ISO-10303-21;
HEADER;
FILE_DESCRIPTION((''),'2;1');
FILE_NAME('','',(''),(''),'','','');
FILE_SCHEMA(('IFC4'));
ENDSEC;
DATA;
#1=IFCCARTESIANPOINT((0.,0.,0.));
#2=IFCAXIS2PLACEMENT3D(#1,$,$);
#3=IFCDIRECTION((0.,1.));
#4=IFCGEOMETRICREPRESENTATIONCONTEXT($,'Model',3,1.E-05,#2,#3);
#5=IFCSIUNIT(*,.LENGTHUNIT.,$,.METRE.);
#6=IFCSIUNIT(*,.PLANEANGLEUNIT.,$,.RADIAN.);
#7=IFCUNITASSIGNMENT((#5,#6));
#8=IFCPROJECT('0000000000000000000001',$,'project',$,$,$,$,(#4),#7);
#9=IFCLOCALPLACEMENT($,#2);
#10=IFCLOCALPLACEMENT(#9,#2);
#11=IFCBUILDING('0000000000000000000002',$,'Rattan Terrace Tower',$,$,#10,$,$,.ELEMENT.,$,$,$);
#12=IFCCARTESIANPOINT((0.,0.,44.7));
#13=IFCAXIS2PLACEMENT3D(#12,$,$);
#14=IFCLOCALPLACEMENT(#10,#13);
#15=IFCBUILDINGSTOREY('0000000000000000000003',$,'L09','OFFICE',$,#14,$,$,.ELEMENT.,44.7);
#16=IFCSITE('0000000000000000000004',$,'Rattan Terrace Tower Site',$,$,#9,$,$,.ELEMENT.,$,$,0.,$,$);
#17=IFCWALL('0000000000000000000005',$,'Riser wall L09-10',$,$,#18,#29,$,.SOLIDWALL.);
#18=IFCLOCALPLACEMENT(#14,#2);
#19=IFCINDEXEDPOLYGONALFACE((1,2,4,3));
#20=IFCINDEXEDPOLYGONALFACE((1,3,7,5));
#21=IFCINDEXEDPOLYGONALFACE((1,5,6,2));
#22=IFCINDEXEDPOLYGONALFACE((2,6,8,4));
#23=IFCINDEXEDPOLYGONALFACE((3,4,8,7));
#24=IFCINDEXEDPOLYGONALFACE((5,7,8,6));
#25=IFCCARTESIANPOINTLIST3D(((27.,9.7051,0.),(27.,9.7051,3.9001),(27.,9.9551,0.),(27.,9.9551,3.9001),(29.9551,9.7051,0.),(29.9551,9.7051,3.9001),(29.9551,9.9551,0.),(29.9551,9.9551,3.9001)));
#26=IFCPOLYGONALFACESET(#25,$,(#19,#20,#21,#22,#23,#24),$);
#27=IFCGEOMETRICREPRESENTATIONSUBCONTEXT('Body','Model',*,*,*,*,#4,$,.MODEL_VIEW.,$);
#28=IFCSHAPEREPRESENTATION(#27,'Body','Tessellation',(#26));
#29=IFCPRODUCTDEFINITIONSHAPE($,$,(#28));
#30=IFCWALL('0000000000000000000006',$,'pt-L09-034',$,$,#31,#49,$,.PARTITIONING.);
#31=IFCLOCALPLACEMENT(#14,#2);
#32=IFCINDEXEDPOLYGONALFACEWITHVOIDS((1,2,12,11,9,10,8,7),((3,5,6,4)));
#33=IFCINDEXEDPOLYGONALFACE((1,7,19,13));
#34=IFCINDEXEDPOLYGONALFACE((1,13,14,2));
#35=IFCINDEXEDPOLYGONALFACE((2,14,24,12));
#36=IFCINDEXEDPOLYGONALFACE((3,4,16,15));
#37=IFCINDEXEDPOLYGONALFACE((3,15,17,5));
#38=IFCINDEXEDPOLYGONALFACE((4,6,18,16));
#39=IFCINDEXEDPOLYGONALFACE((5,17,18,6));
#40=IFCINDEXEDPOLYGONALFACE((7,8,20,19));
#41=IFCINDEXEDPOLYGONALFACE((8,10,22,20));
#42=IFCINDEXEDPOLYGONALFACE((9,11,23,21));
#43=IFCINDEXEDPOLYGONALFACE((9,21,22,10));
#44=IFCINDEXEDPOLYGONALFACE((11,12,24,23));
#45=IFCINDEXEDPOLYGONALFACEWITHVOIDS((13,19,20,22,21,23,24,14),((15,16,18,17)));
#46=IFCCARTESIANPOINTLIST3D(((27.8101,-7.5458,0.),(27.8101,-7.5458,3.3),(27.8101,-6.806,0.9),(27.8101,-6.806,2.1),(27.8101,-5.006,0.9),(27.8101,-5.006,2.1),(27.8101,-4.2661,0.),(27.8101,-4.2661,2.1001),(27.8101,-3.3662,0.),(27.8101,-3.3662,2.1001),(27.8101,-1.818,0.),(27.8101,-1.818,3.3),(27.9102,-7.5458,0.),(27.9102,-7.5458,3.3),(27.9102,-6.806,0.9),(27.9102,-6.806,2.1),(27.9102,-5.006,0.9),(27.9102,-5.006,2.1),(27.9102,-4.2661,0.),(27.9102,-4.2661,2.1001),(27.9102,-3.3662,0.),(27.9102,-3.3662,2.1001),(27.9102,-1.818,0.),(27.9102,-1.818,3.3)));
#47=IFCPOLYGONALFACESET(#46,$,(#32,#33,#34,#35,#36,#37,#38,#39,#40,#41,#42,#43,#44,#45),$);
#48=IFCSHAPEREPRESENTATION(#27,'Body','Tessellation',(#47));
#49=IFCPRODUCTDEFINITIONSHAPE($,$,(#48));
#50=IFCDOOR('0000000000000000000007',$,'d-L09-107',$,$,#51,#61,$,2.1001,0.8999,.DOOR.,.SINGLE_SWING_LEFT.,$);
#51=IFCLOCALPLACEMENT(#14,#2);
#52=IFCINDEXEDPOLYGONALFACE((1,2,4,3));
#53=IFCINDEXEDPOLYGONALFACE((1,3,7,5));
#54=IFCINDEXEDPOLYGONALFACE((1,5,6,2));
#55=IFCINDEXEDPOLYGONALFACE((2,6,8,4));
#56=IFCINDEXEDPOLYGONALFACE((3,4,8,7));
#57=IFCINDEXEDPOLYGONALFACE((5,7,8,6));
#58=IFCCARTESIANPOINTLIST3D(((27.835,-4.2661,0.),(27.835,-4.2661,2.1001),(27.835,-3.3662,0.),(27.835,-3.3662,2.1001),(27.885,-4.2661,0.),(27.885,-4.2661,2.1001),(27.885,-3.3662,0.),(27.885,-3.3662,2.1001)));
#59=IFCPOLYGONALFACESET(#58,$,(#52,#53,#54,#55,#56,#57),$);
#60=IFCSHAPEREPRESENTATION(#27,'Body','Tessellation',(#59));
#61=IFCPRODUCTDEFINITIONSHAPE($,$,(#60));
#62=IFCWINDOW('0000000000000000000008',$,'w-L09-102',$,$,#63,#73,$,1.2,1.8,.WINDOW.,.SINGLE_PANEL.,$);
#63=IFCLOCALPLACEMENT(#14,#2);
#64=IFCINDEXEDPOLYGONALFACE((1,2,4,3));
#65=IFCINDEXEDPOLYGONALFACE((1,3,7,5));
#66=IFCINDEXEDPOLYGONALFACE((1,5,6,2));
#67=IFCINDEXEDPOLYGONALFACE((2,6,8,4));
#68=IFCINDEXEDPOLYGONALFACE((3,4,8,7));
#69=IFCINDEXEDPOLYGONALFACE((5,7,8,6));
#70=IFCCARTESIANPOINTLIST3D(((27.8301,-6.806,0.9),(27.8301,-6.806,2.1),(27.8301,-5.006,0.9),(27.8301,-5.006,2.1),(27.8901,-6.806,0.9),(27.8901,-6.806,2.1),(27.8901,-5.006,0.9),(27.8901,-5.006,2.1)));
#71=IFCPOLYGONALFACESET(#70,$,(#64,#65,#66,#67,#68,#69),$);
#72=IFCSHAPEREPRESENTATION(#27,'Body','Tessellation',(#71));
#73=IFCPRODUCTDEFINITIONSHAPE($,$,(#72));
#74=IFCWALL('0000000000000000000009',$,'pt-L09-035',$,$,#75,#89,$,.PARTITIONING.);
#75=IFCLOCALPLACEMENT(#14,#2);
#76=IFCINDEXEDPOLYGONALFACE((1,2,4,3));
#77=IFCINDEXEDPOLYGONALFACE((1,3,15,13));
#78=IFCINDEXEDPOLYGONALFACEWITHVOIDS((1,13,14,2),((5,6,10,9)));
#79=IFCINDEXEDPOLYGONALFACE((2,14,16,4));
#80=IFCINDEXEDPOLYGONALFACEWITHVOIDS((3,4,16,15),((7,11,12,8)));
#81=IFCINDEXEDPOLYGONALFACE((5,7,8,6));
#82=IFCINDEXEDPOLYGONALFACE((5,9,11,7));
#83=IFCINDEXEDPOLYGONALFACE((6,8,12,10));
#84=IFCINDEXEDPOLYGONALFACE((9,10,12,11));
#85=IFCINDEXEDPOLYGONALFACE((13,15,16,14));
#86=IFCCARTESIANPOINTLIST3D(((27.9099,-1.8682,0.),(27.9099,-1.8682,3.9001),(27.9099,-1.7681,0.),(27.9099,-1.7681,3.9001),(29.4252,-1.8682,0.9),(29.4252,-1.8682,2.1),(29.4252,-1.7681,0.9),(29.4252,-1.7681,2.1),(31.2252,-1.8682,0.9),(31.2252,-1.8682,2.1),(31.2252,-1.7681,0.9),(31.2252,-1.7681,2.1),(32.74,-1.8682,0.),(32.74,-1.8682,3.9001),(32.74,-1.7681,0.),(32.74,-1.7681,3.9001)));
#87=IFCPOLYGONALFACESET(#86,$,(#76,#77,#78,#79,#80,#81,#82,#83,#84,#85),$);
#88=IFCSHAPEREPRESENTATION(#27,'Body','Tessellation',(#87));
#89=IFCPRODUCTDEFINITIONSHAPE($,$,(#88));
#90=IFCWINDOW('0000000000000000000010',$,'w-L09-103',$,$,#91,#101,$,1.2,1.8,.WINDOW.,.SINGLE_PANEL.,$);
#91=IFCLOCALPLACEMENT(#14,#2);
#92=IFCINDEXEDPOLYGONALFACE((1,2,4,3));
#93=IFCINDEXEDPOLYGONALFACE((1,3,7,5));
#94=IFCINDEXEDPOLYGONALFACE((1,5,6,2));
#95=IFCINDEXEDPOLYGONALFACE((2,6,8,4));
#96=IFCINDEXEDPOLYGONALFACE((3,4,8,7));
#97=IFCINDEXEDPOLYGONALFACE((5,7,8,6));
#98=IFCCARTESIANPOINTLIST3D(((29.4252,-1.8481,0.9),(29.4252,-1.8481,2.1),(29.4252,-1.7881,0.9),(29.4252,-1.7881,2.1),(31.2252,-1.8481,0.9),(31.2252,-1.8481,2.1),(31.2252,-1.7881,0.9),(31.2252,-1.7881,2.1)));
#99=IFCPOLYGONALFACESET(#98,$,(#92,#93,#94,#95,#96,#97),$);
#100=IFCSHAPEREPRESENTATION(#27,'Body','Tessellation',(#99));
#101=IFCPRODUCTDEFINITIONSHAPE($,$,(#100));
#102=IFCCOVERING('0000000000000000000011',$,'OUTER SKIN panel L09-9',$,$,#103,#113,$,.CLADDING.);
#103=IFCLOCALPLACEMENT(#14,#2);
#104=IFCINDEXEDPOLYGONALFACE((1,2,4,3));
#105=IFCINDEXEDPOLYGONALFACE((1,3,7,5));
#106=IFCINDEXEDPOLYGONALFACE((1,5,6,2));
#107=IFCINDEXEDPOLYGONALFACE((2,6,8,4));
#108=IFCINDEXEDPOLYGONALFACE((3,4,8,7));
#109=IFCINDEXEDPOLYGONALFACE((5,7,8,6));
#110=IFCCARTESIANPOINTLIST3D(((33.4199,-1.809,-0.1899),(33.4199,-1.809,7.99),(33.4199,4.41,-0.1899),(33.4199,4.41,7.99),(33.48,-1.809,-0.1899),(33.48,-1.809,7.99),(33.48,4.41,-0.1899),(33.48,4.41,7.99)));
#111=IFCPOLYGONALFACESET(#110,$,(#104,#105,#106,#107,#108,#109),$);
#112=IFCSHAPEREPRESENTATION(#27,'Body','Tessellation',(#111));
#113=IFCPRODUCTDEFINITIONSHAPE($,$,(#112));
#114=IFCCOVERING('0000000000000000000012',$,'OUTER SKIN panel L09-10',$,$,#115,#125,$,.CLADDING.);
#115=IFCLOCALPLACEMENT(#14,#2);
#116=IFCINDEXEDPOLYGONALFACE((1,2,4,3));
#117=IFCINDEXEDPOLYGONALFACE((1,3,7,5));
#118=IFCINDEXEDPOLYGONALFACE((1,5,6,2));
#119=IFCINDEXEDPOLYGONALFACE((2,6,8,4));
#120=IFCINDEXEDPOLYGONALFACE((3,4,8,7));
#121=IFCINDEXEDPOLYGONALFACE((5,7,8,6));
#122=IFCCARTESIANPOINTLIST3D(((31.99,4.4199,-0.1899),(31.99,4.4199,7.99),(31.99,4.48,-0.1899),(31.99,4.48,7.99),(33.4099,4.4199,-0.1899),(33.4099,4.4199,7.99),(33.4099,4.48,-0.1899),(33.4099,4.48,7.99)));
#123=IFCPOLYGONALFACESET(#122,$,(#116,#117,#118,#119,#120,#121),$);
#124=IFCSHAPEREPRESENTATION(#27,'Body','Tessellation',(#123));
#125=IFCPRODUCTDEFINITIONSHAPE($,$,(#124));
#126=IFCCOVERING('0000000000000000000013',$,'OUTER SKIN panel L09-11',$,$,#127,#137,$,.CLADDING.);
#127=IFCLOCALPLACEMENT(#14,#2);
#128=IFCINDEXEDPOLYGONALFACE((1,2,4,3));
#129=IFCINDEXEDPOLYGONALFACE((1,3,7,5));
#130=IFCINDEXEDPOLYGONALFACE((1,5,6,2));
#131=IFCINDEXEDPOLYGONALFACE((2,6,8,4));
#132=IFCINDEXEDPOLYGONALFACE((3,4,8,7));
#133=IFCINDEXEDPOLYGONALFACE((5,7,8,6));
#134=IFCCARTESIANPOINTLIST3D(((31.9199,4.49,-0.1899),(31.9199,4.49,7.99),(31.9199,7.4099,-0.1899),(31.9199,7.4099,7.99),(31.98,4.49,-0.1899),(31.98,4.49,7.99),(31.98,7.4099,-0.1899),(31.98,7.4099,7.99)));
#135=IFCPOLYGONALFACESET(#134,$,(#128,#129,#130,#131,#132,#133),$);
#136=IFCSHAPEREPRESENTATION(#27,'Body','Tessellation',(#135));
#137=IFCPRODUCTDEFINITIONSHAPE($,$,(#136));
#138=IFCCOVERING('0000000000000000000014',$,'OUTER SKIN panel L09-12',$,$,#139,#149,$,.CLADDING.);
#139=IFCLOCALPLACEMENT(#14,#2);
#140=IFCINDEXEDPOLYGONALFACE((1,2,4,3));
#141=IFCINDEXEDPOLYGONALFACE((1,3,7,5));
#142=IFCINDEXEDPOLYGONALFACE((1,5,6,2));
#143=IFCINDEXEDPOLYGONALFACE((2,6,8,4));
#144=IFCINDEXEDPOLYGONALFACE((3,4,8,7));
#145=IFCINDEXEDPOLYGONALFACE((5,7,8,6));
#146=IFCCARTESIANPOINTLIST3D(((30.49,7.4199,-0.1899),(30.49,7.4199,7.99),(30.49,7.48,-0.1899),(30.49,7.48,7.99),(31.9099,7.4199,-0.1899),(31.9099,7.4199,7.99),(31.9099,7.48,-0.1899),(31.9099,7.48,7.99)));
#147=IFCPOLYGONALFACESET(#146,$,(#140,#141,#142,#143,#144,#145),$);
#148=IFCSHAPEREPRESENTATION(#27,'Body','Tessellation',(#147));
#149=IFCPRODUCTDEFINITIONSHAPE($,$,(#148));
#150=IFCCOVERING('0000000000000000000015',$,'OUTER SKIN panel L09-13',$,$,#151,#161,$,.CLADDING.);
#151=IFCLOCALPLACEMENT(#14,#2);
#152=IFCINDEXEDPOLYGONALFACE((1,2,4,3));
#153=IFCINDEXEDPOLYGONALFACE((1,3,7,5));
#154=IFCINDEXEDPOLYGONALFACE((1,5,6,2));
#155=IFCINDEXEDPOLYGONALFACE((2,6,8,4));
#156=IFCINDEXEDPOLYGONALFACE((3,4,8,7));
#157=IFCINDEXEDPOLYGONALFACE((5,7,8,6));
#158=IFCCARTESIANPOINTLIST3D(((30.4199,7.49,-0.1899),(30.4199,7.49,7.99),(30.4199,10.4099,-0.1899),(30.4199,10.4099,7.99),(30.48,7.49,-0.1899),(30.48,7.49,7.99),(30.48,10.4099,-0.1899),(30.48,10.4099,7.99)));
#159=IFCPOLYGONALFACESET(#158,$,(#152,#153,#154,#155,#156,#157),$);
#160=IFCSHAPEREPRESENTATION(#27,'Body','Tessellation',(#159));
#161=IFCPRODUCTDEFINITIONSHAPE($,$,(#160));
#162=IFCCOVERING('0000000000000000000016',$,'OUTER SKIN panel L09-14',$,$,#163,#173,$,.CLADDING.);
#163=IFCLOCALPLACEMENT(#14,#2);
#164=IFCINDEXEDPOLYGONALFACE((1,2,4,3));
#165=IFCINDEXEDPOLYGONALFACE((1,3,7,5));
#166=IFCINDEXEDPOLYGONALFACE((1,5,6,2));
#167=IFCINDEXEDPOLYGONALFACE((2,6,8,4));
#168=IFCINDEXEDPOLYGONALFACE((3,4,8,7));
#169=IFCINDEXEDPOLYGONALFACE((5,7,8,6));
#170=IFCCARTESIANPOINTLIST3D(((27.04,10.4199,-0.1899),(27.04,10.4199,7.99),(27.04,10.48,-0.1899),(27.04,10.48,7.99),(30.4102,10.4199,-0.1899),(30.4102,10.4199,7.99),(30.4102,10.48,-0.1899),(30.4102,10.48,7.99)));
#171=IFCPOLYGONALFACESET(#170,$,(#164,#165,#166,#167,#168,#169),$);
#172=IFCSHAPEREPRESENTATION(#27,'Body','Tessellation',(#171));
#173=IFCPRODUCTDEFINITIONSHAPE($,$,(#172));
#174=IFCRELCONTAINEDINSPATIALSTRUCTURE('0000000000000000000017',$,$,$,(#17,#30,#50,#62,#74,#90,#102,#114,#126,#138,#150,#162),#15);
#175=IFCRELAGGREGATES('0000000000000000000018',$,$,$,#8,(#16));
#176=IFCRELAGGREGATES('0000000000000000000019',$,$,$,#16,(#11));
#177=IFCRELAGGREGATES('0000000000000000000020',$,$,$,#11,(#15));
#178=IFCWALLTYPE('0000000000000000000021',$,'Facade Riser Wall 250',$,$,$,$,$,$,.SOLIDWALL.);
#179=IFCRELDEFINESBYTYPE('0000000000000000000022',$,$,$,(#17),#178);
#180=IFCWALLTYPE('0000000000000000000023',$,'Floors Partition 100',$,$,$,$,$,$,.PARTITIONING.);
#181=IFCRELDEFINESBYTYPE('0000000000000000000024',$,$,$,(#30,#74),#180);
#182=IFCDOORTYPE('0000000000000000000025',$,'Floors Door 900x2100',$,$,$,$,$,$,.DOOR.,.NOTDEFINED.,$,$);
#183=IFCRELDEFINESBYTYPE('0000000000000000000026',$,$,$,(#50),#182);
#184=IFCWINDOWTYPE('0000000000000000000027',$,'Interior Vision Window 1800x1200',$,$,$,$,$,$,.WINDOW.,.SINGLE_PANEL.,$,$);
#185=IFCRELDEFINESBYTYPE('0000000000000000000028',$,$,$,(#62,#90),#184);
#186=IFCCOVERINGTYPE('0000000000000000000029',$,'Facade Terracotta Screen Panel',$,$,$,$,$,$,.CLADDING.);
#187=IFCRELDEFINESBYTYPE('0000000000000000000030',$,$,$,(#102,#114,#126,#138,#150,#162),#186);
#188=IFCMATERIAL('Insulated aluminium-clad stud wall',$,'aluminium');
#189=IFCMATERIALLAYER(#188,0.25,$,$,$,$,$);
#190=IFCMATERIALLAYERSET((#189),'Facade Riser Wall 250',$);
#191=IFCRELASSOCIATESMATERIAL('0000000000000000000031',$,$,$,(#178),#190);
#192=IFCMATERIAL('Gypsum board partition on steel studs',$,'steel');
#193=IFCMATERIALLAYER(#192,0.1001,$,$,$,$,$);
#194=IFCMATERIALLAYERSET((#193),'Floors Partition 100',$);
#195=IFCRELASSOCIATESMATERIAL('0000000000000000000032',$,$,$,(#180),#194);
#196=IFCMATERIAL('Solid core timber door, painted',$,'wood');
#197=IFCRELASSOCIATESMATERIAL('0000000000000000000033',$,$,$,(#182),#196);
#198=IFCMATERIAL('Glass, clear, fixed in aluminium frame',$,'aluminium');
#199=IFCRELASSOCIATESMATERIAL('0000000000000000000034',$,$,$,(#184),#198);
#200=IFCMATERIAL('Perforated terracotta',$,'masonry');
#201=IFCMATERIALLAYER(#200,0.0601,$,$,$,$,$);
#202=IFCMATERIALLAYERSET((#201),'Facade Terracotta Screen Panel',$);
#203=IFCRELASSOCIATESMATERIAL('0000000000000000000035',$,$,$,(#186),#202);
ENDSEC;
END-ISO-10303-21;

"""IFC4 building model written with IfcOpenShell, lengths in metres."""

from ifc_helpers import new_model, si_unit, direction, frame, frame_2d, origin, origin_2d, place, context, subcontext, project, spatial, rectangle, extrude, material, layer, layer_set, type_object, element, fill, save


model = new_model("IFC4")

# Units and contexts
model_context = context("Model", 3, precision=1e-05, world=origin(), true_north=direction((0.0, 1.0)))
body_context = subcontext(model_context, "Body", "Model", "MODEL_VIEW")
ifc_project = project(units=[si_unit("LENGTHUNIT", "METRE"), si_unit("PLANEANGLEUNIT", "RADIAN")], contexts=[model_context])

# Site, building, storey
site_placement = place(None, origin())
site = spatial("IfcSite", under=ifc_project, at=site_placement, Name="Rattan Terrace Tower Site", CompositionType="ELEMENT", RefElevation=0.0)
building_placement = place(site_placement, origin())
building = spatial("IfcBuilding", under=site, at=building_placement, Name="Rattan Terrace Tower", CompositionType="ELEMENT")
storey_placement = place(building_placement, frame((0.0, 0.0, 44.7)))
storey = spatial("IfcBuildingStorey", under=building, at=storey_placement, Name="L09", Description="OFFICE", CompositionType="ELEMENT", Elevation=44.7)

# Wall
ifc_material_1 = material(Name="Insulated aluminium-clad stud wall", Category="aluminium")
ifc_layer_1 = layer(ifc_material_1, 0.25)
ifc_layer_set_1 = layer_set([ifc_layer_1], Name="Facade Riser Wall 250")
wall_type_1 = type_object("IfcWallType", Name="Facade Riser Wall 250", PredefinedType="SOLIDWALL", material=ifc_layer_set_1)
wall_1_placement = place(storey_placement, frame((29.9551, 9.8301, 0.0), z_axis=(0.0, 0.0, 1.0), x_axis=(-1.0, 0.0, 0.0)))
element("IfcWall", 1, at=wall_1_placement, inside=storey, type_object=wall_type_1, Name="Riser wall L09-10", PredefinedType="SOLIDWALL", context=body_context, shape_type="SweptSolid", body=[
    extrude(rectangle(XDim=2.9551, YDim=0.25, at=frame_2d((1.4775, 0.0))), origin(), (0.0, 0.0, 1.0), 3.9001),
])

# Wall, openings, door, window
ifc_material_2 = material(Name="Gypsum board partition on steel studs", Category="steel")
ifc_layer_2 = layer(ifc_material_2, 0.1001)
ifc_layer_set_2 = layer_set([ifc_layer_2], Name="Floors Partition 100")
wall_type_2 = type_object("IfcWallType", Name="Floors Partition 100", PredefinedType="PARTITIONING", material=ifc_layer_set_2)
wall_2_placement = place(storey_placement, frame((27.8601, -1.8181, 0.0), z_axis=(0.0, 0.0, 1.0), x_axis=(0.0, -1.0, 0.0)))
wall_2 = element("IfcWall", 2, at=wall_2_placement, inside=storey, type_object=wall_type_2, Name="pt-L09-034", PredefinedType="PARTITIONING", context=body_context, shape_type="SweptSolid", body=[
    extrude(rectangle(XDim=5.7278, YDim=0.1001, at=frame_2d((2.8638, 0.0))), origin(), (0.0, 0.0, 1.0), 3.3),
])
opening_1_placement = place(wall_2_placement, frame((1.5481, 0.0, 0.0)))
opening_1 = element("IfcOpeningElement", 3, at=opening_1_placement, cuts=wall_2, PredefinedType="OPENING", context=body_context, shape_type="SweptSolid", body=[
    extrude(rectangle(XDim=0.8999, YDim=2.1001, at=frame_2d((0.45, 1.05))), frame((0.0, 0.0605, 0.0), z_axis=(0.0, -1.0, 0.0), x_axis=(1.0, 0.0, 0.0)), (0.0, 0.0, 1.0), 0.1211),
])
opening_2_placement = place(wall_2_placement, frame((3.188, 0.0, 0.8999)))
opening_2 = element("IfcOpeningElement", 4, at=opening_2_placement, cuts=wall_2, PredefinedType="OPENING", context=body_context, shape_type="SweptSolid", body=[
    extrude(rectangle(XDim=1.8, YDim=1.2, at=frame_2d((0.8999, 0.6001))), frame((0.0, 0.0605, 0.0), z_axis=(0.0, -1.0, 0.0), x_axis=(1.0, 0.0, 0.0)), (0.0, 0.0, 1.0), 0.1211),
])
ifc_material_3 = material(Name="Solid core timber door, painted", Category="wood")
door_type = type_object("IfcDoorType", Name="Floors Door 900x2100", OperationType="NOTDEFINED", PredefinedType="DOOR", material=ifc_material_3)
door_placement = place(opening_1_placement, origin())
door = element("IfcDoor", 5, at=door_placement, inside=storey, type_object=door_type, Name="d-L09-107", OperationType="SINGLE_SWING_LEFT", OverallHeight=2.1001, OverallWidth=0.8999, PredefinedType="DOOR", context=body_context, shape_type="SweptSolid", body=[
    extrude(rectangle(XDim=0.8999, YDim=2.1001, at=frame_2d((0.45, 1.05))), frame((0.0, 0.0249, 0.0), z_axis=(0.0, -1.0, 0.0), x_axis=(1.0, 0.0, 0.0)), (0.0, 0.0, 1.0), 0.05),
])
fill(opening_1, door)
ifc_material_4 = material(Name="Glass, clear, fixed in aluminium frame", Category="aluminium")
window_type = type_object("IfcWindowType", Name="Interior Vision Window 1800x1200", PartitioningType="SINGLE_PANEL", PredefinedType="WINDOW", material=ifc_material_4)
window_1_placement = place(opening_2_placement, origin())
window_1 = element("IfcWindow", 6, at=window_1_placement, inside=storey, type_object=window_type, Name="w-L09-102", OverallHeight=1.2, OverallWidth=1.8, PartitioningType="SINGLE_PANEL", PredefinedType="WINDOW", context=body_context, shape_type="SweptSolid", body=[
    extrude(rectangle(XDim=1.8, YDim=1.2, at=frame_2d((0.8999, 0.6001))), frame((0.0, 0.03, 0.0), z_axis=(0.0, -1.0, 0.0), x_axis=(1.0, 0.0, 0.0)), (0.0, 0.0, 1.0), 0.0601),
])
fill(opening_2, window_1)

# Wall, opening, window
wall_3_placement = place(storey_placement, frame((32.74, -1.8181, 0.0), z_axis=(0.0, 0.0, 1.0), x_axis=(-1.0, 0.0, 0.0)))
wall_3 = element("IfcWall", 7, at=wall_3_placement, inside=storey, type_object=wall_type_2, Name="pt-L09-035", PredefinedType="PARTITIONING", context=body_context, shape_type="SweptSolid", body=[
    extrude(rectangle(XDim=4.8301, YDim=0.1001, at=frame_2d((2.415, 0.0))), origin(), (0.0, 0.0, 1.0), 3.9001),
])
opening_3_placement = place(wall_3_placement, frame((1.5149, 0.0, 0.8999)))
opening_3 = element("IfcOpeningElement", 8, at=opening_3_placement, cuts=wall_3, PredefinedType="OPENING", context=body_context, shape_type="SweptSolid", body=[
    extrude(rectangle(XDim=1.8, YDim=1.2, at=frame_2d((0.8999, 0.6001))), frame((0.0, 0.0605, 0.0), z_axis=(0.0, -1.0, 0.0), x_axis=(1.0, 0.0, 0.0)), (0.0, 0.0, 1.0), 0.1211),
])
window_2_placement = place(opening_3_placement, origin())
window_2 = element("IfcWindow", 9, at=window_2_placement, inside=storey, type_object=window_type, Name="w-L09-103", OverallHeight=1.2, OverallWidth=1.8, PartitioningType="SINGLE_PANEL", PredefinedType="WINDOW", context=body_context, shape_type="SweptSolid", body=[
    extrude(rectangle(XDim=1.8, YDim=1.2, at=frame_2d((0.8999, 0.6001))), frame((0.0, 0.03, 0.0), z_axis=(0.0, -1.0, 0.0), x_axis=(1.0, 0.0, 0.0)), (0.0, 0.0, 1.0), 0.0601),
])
fill(opening_3, window_2)

# Coverings
ifc_material_5 = material(Name="Perforated terracotta", Category="masonry")
ifc_layer_3 = layer(ifc_material_5, 0.0601)
ifc_layer_set_3 = layer_set([ifc_layer_3], Name="Facade Terracotta Screen Panel")
covering_type = type_object("IfcCoveringType", Name="Facade Terracotta Screen Panel", PredefinedType="CLADDING", material=ifc_layer_set_3)
covering_1_placement = place(storey_placement, frame((33.45, 1.3005, -0.1899), z_axis=(0.0, 0.0, 1.0), x_axis=(0.0, 1.0, 0.0)))
element("IfcCovering", 10, at=covering_1_placement, inside=storey, type_object=covering_type, Name="OUTER SKIN panel L09-9", PredefinedType="CLADDING", context=body_context, shape_type="SweptSolid", body=[
    extrude(rectangle(XDim=6.219, YDim=0.0601, at=origin_2d()), origin(), (0.0, 0.0, 1.0), 8.1799),
])
covering_2_placement = place(storey_placement, frame((32.7, 4.45, -0.1899), z_axis=(0.0, 0.0, 1.0), x_axis=(-1.0, 0.0, 0.0)))
element("IfcCovering", 11, at=covering_2_placement, inside=storey, type_object=covering_type, Name="OUTER SKIN panel L09-10", PredefinedType="CLADDING", context=body_context, shape_type="SweptSolid", body=[
    extrude(rectangle(XDim=1.4199, YDim=0.0601, at=origin_2d()), origin(), (0.0, 0.0, 1.0), 8.1799),
])
covering_3_placement = place(storey_placement, frame((31.95, 5.95, -0.1899), z_axis=(0.0, 0.0, 1.0), x_axis=(0.0, 1.0, 0.0)))
element("IfcCovering", 12, at=covering_3_placement, inside=storey, type_object=covering_type, Name="OUTER SKIN panel L09-11", PredefinedType="CLADDING", context=body_context, shape_type="SweptSolid", body=[
    extrude(rectangle(XDim=2.9199, YDim=0.0601, at=origin_2d()), origin(), (0.0, 0.0, 1.0), 8.1799),
])
covering_4_placement = place(storey_placement, frame((31.2, 7.45, -0.1899), z_axis=(0.0, 0.0, 1.0), x_axis=(-1.0, 0.0, 0.0)))
element("IfcCovering", 13, at=covering_4_placement, inside=storey, type_object=covering_type, Name="OUTER SKIN panel L09-12", PredefinedType="CLADDING", context=body_context, shape_type="SweptSolid", body=[
    extrude(rectangle(XDim=1.4199, YDim=0.0601, at=origin_2d()), origin(), (0.0, 0.0, 1.0), 8.1799),
])
covering_5_placement = place(storey_placement, frame((30.45, 8.95, -0.1899), z_axis=(0.0, 0.0, 1.0), x_axis=(0.0, 1.0, 0.0)))
element("IfcCovering", 14, at=covering_5_placement, inside=storey, type_object=covering_type, Name="OUTER SKIN panel L09-13", PredefinedType="CLADDING", context=body_context, shape_type="SweptSolid", body=[
    extrude(rectangle(XDim=2.9199, YDim=0.0601, at=origin_2d()), origin(), (0.0, 0.0, 1.0), 8.1799),
])
covering_6_placement = place(storey_placement, frame((28.7251, 10.45, -0.1899), z_axis=(0.0, 0.0, 1.0), x_axis=(-1.0, 0.0, 0.0)))
element("IfcCovering", 15, at=covering_6_placement, inside=storey, type_object=covering_type, Name="OUTER SKIN panel L09-14", PredefinedType="CLADDING", context=body_context, shape_type="SweptSolid", body=[
    extrude(rectangle(XDim=3.3701, YDim=0.0601, at=origin_2d()), origin(), (0.0, 0.0, 1.0), 8.1799),
])

save(model, "model.ifc")
